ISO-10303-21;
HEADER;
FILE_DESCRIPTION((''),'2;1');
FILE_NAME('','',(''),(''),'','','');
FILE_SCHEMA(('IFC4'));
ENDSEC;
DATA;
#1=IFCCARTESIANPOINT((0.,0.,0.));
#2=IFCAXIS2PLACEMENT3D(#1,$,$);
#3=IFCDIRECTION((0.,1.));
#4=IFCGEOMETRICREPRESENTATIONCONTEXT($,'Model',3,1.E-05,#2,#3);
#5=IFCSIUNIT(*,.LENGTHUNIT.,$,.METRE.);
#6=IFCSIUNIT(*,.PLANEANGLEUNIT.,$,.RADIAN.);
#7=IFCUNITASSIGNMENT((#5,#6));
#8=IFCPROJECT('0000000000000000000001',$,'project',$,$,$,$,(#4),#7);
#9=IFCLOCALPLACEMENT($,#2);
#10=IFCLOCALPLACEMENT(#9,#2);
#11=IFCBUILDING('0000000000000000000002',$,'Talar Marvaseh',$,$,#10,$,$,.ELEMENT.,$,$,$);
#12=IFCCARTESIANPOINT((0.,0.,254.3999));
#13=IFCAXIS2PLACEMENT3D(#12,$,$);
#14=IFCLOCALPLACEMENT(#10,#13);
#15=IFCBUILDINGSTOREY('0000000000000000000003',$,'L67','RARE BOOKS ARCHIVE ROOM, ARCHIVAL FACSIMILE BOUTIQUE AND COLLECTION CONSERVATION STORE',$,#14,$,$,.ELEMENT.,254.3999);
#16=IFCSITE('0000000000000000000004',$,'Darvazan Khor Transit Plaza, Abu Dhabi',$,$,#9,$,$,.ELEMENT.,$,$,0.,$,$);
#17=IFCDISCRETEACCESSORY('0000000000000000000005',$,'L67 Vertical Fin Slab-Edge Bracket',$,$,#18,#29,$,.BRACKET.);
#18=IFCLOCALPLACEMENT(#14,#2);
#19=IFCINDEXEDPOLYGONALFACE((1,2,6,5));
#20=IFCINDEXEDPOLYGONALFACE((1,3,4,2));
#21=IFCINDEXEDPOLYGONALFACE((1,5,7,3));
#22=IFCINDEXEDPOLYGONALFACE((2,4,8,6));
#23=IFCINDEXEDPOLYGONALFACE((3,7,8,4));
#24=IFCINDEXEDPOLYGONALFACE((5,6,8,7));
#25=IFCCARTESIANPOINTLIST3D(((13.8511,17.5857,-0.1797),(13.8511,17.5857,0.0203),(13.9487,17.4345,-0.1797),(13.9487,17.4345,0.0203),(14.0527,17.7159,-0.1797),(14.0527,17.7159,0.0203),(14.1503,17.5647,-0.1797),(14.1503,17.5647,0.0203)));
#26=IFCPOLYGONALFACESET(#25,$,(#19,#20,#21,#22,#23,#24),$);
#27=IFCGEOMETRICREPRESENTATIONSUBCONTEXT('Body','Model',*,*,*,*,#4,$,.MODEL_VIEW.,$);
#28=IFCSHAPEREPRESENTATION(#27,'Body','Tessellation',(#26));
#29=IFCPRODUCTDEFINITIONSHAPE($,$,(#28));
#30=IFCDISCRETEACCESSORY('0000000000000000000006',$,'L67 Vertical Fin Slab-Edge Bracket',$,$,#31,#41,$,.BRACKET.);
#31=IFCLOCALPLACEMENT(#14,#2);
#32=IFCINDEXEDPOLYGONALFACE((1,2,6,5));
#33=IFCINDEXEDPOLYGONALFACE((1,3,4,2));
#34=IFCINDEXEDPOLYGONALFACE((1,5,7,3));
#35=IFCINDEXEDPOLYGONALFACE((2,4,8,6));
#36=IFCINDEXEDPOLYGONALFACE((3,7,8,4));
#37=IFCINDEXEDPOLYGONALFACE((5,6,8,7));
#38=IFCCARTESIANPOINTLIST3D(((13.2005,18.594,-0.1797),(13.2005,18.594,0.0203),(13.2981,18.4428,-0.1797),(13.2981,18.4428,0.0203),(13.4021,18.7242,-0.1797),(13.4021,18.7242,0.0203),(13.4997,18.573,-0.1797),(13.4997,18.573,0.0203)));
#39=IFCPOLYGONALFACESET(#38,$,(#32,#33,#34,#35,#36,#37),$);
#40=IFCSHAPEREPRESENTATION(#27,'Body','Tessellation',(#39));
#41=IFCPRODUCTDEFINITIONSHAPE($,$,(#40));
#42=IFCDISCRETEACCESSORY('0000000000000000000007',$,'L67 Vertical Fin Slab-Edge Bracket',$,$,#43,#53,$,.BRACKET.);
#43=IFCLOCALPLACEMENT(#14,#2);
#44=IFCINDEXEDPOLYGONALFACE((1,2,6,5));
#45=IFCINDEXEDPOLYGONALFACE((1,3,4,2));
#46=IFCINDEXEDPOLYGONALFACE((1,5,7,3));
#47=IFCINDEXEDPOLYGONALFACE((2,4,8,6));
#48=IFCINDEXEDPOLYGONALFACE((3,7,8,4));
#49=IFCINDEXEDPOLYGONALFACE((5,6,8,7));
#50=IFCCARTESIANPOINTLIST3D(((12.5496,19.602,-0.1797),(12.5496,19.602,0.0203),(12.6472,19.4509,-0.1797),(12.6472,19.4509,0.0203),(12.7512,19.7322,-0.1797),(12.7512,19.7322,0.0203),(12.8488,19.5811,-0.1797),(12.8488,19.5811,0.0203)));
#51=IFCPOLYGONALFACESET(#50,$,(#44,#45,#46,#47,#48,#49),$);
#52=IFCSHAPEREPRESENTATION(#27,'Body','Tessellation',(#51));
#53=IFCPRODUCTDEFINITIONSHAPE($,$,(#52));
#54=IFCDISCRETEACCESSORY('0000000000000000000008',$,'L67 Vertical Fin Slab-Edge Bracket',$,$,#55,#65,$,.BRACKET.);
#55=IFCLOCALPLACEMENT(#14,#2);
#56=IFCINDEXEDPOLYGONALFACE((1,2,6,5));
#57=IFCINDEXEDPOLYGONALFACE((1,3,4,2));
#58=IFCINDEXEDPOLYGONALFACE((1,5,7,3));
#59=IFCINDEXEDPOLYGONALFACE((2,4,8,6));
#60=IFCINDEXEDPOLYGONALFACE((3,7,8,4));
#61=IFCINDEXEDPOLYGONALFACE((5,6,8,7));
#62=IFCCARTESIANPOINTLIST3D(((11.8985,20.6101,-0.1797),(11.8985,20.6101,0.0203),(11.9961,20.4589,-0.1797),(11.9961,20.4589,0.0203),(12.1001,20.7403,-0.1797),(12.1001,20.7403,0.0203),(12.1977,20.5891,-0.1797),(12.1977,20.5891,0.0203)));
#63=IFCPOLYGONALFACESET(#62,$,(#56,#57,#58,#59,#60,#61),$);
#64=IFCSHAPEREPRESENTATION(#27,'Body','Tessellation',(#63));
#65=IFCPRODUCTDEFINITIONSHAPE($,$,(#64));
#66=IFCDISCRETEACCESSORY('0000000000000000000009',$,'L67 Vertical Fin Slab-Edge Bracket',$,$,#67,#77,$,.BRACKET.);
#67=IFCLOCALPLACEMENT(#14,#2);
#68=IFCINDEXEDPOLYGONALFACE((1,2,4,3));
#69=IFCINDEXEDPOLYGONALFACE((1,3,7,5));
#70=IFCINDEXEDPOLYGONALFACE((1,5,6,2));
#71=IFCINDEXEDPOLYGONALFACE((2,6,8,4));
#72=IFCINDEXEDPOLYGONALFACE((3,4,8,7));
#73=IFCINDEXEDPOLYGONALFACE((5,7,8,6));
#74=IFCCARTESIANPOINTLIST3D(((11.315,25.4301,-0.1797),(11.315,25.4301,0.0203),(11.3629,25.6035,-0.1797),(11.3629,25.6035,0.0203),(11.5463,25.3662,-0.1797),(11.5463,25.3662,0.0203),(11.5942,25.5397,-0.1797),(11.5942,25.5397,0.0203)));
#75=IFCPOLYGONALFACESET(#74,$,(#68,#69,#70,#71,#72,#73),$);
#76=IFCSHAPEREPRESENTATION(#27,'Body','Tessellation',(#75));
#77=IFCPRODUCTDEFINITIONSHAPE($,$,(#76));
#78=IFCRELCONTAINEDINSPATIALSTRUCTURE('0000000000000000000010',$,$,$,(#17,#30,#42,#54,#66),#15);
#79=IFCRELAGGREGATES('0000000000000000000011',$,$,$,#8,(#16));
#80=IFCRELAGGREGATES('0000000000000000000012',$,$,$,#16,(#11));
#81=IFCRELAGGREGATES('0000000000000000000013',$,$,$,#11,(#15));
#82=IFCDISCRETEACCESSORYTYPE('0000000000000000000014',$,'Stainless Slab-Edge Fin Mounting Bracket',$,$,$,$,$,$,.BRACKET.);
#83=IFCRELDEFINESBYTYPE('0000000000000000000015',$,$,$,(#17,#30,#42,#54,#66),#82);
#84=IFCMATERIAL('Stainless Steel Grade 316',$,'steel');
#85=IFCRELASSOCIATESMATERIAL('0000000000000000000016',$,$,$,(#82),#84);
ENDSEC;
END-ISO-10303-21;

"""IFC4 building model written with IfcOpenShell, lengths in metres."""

from ifc_helpers import new_model, si_unit, direction, frame, origin, origin_2d, place, context, subcontext, project, spatial, rectangle, extrude, source, transform, mapped, material, type_object, type_shapes, element, save


model = new_model("IFC4")

# Units and contexts
model_context = context("Model", 3, precision=1e-05, world=origin(), true_north=direction((0.0, 1.0)))
body_context = subcontext(model_context, "Body", "Model", "MODEL_VIEW")
ifc_project = project(units=[si_unit("LENGTHUNIT", "METRE"), si_unit("PLANEANGLEUNIT", "RADIAN")], contexts=[model_context])

# Site, building, storey
site_placement = place(None, origin())
site = spatial("IfcSite", under=ifc_project, at=site_placement, Name="Darvazan Khor Transit Plaza, Abu Dhabi", CompositionType="ELEMENT", RefElevation=0.0)
building_placement = place(site_placement, origin())
building = spatial("IfcBuilding", under=site, at=building_placement, Name="Talar Marvaseh", CompositionType="ELEMENT")
storey_placement = place(building_placement, frame((0.0, 0.0, 254.3999)))
storey = spatial("IfcBuildingStorey", under=building, at=storey_placement, Name="L67", Description="RARE BOOKS ARCHIVE ROOM, ARCHIVAL FACSIMILE BOUTIQUE AND COLLECTION CONSERVATION STORE", CompositionType="ELEMENT", Elevation=254.3999)

# Discrete accessories
ifc_material_1 = material(Name="Stainless Steel Grade 316", Category="steel")
discrete_accessory_type = type_object("IfcDiscreteAccessoryType", Name="Stainless Slab-Edge Fin Mounting Bracket", PredefinedType="BRACKET", material=ifc_material_1)
shared_shape_1 = source(origin(), body_context, "Body", "SweptSolid", [
    extrude(rectangle(XDim=0.24, YDim=0.1799, at=origin_2d()), origin(), (0.0, 0.0, 1.0), 0.2),
])
type_shapes(discrete_accessory_type, [shared_shape_1])
for number, where, z_axis, x_axis, name in (
    (1, (14.0007, 17.5752, -0.1797), (0.0, 0.0, 1.0), (-0.840094, -0.542442, 0.0), "L67 Vertical Fin Slab-Edge Bracket"),
    (2, (13.3501, 18.5835, -0.1797), (0.0, 0.0, 1.0), (-0.840094, -0.542442, 0.0), "L67 Vertical Fin Slab-Edge Bracket"),
    (3, (12.6992, 19.5916, -0.1797), (0.0, 0.0, 1.0), (-0.840094, -0.542442, 0.0), "L67 Vertical Fin Slab-Edge Bracket"),
    (4, (12.0481, 20.5996, -0.1797), (0.0, 0.0, 1.0), (-0.840094, -0.542442, 0.0), "L67 Vertical Fin Slab-Edge Bracket"),
    (5, (11.4546, 25.4849, -0.1797), (0.0, 0.0, 1.0), (-0.963956, 0.266061, 0.0), "L67 Vertical Fin Slab-Edge Bracket"),
):
    element("IfcDiscreteAccessory", number, at=place(storey_placement, frame(where, z_axis=z_axis, x_axis=x_axis)), inside=storey, type_object=discrete_accessory_type, Name=name, PredefinedType="BRACKET", context=body_context, shape_type="MappedRepresentation", body=[
        mapped(shared_shape_1, transform((0.0, 0.0, 0.0), x_axis=(1.0, 0.0, 0.0), y_axis=(0.0, 1.0, 0.0), z_axis=(0.0, 0.0, 1.0), scale=1.0)),
    ])

save(model, "model.ifc")
